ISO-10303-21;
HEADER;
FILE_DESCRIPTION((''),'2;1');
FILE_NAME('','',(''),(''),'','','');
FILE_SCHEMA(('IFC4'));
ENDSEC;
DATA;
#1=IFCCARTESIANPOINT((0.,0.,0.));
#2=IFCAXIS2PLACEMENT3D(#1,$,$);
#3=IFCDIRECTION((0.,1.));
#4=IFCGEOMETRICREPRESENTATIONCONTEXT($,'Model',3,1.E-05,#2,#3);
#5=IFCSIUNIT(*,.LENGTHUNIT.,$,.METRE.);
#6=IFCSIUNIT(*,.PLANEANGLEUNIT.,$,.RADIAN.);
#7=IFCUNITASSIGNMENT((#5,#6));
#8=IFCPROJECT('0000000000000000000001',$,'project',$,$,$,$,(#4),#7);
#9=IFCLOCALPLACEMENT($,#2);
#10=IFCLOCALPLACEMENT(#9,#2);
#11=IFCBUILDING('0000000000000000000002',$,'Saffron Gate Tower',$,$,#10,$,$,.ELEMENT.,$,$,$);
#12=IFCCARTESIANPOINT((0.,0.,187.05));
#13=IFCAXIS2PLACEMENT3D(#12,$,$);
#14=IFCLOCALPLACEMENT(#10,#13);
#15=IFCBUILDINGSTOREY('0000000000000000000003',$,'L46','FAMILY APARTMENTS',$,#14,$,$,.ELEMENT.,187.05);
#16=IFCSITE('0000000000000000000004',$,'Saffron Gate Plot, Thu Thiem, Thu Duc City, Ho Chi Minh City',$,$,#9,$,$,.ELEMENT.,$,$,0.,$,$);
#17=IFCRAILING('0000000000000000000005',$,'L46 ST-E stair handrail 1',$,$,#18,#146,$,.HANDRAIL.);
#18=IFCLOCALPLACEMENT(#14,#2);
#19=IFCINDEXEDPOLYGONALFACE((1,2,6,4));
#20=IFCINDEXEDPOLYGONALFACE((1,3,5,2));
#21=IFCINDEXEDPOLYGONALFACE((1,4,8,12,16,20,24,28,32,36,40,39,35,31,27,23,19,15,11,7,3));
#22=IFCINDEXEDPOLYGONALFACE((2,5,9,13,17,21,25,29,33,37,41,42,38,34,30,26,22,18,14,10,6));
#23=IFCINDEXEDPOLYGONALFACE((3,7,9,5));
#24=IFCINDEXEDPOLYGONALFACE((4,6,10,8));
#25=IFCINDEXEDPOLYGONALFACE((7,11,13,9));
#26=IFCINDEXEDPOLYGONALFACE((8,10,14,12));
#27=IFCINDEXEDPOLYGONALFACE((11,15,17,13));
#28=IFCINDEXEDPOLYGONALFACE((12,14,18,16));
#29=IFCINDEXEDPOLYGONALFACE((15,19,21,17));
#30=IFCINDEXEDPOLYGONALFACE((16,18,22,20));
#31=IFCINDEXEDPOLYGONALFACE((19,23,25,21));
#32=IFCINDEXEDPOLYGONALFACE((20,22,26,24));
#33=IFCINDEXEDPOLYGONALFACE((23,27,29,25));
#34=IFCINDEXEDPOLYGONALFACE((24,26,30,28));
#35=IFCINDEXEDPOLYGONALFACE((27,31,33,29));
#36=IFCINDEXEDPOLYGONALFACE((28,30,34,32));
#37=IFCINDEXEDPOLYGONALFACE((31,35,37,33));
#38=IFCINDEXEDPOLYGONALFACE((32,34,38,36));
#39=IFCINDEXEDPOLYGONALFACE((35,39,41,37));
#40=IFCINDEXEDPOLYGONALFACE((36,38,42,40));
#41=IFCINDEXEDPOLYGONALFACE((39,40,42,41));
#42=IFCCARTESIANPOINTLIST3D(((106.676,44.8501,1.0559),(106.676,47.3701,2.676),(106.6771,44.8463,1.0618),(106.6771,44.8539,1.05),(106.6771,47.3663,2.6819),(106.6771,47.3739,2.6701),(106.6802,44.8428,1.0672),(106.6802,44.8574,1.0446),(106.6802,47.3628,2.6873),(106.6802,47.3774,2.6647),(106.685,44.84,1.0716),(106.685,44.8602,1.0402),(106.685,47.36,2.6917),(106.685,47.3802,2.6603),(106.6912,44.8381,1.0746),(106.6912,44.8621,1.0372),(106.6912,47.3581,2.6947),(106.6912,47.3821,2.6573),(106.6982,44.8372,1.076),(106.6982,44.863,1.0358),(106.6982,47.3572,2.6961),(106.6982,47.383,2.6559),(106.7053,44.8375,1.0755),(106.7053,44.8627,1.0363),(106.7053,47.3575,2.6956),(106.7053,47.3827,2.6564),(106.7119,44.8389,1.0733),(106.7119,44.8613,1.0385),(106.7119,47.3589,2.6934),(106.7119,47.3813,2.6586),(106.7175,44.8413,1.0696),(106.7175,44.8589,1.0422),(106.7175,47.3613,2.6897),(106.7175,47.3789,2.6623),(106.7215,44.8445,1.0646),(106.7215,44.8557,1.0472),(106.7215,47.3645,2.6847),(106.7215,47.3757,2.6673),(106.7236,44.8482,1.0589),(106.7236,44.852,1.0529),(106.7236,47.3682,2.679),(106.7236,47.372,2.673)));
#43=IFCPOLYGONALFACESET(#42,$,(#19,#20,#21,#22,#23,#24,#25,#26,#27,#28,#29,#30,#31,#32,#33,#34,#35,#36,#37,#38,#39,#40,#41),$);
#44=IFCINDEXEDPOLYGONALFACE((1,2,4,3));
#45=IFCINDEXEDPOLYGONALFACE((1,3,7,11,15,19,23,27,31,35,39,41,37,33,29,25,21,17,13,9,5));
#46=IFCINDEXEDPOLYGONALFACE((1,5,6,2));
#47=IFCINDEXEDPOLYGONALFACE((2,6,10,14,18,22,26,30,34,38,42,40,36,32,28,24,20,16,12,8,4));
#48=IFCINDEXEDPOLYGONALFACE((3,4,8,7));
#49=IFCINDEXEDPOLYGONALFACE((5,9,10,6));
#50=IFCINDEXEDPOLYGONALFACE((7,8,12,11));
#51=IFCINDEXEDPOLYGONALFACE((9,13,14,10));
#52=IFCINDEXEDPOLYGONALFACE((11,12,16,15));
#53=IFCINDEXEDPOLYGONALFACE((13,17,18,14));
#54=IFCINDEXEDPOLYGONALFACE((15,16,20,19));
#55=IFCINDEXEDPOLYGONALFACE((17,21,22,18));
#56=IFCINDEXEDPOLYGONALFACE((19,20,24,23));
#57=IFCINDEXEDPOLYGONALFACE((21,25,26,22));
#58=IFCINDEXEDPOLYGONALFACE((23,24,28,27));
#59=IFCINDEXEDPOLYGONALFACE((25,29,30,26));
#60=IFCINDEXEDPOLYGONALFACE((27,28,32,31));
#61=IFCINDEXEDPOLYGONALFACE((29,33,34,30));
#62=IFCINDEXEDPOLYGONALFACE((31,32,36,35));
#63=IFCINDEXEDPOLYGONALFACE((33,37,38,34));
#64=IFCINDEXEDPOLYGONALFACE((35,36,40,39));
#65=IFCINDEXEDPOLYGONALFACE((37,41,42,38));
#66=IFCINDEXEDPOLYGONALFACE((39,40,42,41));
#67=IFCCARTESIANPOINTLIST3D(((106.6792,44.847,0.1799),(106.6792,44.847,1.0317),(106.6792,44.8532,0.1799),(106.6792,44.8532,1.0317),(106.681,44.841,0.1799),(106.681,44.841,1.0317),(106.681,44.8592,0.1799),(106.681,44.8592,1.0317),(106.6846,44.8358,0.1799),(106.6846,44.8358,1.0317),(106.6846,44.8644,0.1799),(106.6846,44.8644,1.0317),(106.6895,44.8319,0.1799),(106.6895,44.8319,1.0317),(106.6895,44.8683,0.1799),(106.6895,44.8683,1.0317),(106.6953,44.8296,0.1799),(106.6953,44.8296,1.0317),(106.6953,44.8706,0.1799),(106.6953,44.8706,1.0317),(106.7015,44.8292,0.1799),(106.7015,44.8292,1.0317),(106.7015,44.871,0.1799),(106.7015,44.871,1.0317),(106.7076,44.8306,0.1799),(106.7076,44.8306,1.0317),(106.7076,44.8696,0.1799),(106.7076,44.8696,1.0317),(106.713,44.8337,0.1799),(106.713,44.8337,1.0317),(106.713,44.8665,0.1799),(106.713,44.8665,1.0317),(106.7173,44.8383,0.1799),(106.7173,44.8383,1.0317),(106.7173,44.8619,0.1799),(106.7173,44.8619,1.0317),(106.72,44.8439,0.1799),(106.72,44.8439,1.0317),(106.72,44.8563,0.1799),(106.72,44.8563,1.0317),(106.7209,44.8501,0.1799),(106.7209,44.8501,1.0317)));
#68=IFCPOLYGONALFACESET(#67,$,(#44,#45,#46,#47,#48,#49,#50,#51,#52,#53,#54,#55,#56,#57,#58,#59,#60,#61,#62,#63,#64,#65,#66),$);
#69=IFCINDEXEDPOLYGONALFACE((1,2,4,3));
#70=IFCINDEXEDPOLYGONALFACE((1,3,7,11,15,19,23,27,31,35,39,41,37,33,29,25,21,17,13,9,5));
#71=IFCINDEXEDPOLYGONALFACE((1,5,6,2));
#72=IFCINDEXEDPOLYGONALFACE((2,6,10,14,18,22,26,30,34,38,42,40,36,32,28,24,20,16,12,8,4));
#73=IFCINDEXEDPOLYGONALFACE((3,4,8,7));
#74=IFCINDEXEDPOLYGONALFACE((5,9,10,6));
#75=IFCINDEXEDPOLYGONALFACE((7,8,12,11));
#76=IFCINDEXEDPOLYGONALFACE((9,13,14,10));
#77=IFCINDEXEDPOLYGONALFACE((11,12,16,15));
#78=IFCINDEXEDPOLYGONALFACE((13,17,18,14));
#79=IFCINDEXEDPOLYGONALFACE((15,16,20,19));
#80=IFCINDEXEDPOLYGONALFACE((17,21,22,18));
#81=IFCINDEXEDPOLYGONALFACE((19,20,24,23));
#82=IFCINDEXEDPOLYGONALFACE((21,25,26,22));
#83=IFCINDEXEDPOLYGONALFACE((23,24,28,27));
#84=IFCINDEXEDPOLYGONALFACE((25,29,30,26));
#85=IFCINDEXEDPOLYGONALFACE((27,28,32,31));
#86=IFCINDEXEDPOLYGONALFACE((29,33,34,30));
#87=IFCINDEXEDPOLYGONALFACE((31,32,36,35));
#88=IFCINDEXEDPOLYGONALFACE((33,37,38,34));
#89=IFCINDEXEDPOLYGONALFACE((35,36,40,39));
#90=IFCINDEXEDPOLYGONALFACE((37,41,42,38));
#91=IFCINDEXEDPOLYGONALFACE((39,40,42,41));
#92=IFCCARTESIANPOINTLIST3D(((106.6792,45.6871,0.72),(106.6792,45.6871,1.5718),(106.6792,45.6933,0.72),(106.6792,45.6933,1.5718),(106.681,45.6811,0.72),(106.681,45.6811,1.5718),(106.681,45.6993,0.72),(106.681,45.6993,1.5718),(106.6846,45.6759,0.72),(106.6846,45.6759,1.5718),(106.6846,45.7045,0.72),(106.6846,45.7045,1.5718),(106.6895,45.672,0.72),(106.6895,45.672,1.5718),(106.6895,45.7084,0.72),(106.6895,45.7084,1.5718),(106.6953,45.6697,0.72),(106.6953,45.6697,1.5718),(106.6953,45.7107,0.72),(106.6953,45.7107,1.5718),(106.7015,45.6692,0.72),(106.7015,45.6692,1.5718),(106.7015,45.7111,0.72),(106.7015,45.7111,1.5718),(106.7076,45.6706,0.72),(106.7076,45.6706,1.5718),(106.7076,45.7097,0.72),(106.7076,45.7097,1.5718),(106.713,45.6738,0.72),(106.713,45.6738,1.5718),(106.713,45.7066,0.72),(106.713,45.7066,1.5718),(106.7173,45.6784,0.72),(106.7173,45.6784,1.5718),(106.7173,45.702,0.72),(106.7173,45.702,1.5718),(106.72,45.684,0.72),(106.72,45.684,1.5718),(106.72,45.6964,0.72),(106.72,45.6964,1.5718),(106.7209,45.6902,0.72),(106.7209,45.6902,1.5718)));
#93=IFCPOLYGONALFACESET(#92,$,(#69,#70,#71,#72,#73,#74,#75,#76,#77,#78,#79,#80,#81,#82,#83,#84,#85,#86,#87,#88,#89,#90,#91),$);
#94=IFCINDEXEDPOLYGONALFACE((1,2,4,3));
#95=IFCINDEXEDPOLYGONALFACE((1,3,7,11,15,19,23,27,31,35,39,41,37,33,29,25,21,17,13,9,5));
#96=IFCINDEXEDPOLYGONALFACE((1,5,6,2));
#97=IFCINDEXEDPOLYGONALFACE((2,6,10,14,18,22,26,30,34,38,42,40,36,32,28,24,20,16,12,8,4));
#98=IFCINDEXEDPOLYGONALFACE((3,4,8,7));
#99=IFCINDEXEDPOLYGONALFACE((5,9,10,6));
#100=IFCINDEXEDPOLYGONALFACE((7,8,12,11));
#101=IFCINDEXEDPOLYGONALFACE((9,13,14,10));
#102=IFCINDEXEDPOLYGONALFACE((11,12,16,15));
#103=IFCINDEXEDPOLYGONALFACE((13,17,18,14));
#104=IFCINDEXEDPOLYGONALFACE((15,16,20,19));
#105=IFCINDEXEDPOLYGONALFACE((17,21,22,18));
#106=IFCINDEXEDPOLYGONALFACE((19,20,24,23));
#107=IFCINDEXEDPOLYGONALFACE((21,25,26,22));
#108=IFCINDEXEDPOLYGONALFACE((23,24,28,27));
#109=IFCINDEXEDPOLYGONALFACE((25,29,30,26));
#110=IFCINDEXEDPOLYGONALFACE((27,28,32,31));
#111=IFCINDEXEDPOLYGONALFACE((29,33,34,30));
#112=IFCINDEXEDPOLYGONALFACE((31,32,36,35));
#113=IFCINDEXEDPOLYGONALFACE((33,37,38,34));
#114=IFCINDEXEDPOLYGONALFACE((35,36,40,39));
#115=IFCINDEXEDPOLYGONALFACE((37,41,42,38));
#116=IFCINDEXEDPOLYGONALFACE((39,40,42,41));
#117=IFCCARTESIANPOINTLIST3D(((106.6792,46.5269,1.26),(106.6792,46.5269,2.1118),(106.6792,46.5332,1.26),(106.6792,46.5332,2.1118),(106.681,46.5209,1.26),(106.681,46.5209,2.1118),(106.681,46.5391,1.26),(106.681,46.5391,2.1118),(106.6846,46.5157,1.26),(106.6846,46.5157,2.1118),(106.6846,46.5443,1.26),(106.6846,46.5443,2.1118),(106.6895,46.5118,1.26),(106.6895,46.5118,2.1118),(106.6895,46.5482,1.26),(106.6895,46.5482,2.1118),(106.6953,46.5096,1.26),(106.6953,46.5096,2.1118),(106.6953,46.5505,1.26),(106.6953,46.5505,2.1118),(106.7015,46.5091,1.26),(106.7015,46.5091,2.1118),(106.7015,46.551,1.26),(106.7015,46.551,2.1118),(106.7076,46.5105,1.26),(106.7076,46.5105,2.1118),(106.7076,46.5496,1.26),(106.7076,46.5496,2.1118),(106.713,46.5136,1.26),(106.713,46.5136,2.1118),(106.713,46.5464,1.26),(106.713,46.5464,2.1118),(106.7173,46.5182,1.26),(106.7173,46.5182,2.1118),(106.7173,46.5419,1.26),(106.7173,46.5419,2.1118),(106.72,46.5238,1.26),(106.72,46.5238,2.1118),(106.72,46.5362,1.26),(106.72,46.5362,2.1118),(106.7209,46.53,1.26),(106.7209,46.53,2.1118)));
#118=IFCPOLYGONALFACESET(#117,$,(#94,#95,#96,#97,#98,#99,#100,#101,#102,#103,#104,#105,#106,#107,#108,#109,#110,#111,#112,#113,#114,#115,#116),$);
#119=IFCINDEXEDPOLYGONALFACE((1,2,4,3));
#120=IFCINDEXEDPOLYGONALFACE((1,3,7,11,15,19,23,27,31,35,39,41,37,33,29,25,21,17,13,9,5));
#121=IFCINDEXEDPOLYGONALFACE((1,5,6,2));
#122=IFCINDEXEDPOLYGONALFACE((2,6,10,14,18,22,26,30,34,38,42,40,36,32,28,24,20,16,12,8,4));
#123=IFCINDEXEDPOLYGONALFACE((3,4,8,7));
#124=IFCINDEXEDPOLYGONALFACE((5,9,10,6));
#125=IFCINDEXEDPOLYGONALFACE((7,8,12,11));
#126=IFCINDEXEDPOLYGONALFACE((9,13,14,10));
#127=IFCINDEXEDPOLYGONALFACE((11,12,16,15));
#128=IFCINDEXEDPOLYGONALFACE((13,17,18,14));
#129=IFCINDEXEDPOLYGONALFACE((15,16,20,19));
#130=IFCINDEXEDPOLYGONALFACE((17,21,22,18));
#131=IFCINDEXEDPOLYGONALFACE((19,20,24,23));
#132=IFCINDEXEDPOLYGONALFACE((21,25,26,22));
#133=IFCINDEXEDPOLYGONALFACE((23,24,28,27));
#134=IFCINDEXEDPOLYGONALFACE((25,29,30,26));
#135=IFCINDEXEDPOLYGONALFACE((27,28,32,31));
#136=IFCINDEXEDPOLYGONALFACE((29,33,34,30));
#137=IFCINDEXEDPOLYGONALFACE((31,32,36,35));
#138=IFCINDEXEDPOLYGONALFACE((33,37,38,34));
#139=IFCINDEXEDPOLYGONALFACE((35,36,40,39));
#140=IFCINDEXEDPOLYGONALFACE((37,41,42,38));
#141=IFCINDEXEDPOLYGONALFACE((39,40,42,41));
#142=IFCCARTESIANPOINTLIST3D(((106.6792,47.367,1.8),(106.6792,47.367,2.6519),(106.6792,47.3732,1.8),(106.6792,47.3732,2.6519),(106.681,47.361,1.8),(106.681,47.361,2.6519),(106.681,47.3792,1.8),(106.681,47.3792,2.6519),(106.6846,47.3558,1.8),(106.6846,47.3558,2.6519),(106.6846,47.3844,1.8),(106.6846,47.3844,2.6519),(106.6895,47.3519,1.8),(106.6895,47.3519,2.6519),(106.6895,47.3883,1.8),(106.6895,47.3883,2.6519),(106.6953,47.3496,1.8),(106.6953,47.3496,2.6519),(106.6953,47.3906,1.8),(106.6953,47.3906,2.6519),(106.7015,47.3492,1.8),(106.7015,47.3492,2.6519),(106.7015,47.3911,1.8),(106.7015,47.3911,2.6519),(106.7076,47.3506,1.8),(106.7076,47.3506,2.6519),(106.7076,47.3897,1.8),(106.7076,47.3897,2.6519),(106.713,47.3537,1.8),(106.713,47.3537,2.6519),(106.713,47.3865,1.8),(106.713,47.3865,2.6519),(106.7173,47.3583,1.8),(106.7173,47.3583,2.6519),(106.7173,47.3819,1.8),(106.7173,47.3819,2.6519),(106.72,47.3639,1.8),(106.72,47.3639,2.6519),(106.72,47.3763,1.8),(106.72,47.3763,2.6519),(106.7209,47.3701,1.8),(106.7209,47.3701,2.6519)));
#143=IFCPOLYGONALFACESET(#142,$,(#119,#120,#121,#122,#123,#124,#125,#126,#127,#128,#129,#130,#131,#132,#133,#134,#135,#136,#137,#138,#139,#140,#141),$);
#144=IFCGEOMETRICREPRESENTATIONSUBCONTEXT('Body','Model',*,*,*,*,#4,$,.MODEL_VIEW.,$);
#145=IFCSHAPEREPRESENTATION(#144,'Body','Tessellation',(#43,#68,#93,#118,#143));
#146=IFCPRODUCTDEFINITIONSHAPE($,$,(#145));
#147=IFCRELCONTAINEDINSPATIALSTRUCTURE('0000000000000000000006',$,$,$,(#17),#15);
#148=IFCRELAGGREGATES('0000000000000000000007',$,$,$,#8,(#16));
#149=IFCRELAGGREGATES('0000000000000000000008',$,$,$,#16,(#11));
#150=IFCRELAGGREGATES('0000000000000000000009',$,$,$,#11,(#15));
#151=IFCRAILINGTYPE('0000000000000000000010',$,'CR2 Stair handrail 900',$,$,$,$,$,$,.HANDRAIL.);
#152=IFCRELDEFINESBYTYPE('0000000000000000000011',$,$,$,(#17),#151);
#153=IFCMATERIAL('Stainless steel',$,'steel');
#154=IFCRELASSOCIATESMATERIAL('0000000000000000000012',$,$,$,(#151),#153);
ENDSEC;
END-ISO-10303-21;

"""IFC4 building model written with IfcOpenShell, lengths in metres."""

from ifc_helpers import new_model, si_unit, direction, frame, origin, origin_2d, place, context, subcontext, project, spatial, circle, extrude, material, type_object, element, save


model = new_model("IFC4")

# Units and contexts
model_context = context("Model", 3, precision=1e-05, world=origin(), true_north=direction((0.0, 1.0)))
body_context = subcontext(model_context, "Body", "Model", "MODEL_VIEW")
ifc_project = project(units=[si_unit("LENGTHUNIT", "METRE"), si_unit("PLANEANGLEUNIT", "RADIAN")], contexts=[model_context])

# Site, building, storey
site_placement = place(None, origin())
site = spatial("IfcSite", under=ifc_project, at=site_placement, Name="Saffron Gate Plot, Thu Thiem, Thu Duc City, Ho Chi Minh City", CompositionType="ELEMENT", RefElevation=0.0)
building_placement = place(site_placement, origin())
building = spatial("IfcBuilding", under=site, at=building_placement, Name="Saffron Gate Tower", CompositionType="ELEMENT")
storey_placement = place(building_placement, frame((0.0, 0.0, 187.05)))
storey = spatial("IfcBuildingStorey", under=building, at=storey_placement, Name="L46", Description="FAMILY APARTMENTS", CompositionType="ELEMENT", Elevation=187.05)

# Railing
ifc_material_1 = material(Name="Stainless steel", Category="steel")
railing_type_1 = type_object("IfcRailingType", Name="CR2 Stair handrail 900", PredefinedType="HANDRAIL", material=ifc_material_1)
railing_1_placement = place(storey_placement, frame((106.7, 44.8501, 0.1799)))
element("IfcRailing", 1, at=railing_1_placement, inside=storey, type_object=railing_type_1, Name="L46 ST-E stair handrail 1", PredefinedType="HANDRAIL", context=body_context, shape_type="SweptSolid", body=[
    extrude(circle(Radius=0.0239, at=origin_2d()), frame((0.0, 0.0, 0.876), z_axis=(0.0, 0.841163, 0.540782), x_axis=(-1.0, 0.0, 0.0)), (0.0, 0.0, 1.0), 2.9958),
    extrude(circle(Radius=0.021, at=origin_2d()), origin(), (0.0, 0.0, 1.0), 0.8518),
    extrude(circle(Radius=0.021, at=origin_2d()), frame((0.0, 0.8401, 0.54)), (0.0, 0.0, 1.0), 0.8518),
    extrude(circle(Radius=0.021, at=origin_2d()), frame((0.0, 1.6799, 1.0801)), (0.0, 0.0, 1.0), 0.8518),
    extrude(circle(Radius=0.021, at=origin_2d()), frame((0.0, 2.52, 1.6201)), (0.0, 0.0, 1.0), 0.8518),
])

save(model, "model.ifc")
